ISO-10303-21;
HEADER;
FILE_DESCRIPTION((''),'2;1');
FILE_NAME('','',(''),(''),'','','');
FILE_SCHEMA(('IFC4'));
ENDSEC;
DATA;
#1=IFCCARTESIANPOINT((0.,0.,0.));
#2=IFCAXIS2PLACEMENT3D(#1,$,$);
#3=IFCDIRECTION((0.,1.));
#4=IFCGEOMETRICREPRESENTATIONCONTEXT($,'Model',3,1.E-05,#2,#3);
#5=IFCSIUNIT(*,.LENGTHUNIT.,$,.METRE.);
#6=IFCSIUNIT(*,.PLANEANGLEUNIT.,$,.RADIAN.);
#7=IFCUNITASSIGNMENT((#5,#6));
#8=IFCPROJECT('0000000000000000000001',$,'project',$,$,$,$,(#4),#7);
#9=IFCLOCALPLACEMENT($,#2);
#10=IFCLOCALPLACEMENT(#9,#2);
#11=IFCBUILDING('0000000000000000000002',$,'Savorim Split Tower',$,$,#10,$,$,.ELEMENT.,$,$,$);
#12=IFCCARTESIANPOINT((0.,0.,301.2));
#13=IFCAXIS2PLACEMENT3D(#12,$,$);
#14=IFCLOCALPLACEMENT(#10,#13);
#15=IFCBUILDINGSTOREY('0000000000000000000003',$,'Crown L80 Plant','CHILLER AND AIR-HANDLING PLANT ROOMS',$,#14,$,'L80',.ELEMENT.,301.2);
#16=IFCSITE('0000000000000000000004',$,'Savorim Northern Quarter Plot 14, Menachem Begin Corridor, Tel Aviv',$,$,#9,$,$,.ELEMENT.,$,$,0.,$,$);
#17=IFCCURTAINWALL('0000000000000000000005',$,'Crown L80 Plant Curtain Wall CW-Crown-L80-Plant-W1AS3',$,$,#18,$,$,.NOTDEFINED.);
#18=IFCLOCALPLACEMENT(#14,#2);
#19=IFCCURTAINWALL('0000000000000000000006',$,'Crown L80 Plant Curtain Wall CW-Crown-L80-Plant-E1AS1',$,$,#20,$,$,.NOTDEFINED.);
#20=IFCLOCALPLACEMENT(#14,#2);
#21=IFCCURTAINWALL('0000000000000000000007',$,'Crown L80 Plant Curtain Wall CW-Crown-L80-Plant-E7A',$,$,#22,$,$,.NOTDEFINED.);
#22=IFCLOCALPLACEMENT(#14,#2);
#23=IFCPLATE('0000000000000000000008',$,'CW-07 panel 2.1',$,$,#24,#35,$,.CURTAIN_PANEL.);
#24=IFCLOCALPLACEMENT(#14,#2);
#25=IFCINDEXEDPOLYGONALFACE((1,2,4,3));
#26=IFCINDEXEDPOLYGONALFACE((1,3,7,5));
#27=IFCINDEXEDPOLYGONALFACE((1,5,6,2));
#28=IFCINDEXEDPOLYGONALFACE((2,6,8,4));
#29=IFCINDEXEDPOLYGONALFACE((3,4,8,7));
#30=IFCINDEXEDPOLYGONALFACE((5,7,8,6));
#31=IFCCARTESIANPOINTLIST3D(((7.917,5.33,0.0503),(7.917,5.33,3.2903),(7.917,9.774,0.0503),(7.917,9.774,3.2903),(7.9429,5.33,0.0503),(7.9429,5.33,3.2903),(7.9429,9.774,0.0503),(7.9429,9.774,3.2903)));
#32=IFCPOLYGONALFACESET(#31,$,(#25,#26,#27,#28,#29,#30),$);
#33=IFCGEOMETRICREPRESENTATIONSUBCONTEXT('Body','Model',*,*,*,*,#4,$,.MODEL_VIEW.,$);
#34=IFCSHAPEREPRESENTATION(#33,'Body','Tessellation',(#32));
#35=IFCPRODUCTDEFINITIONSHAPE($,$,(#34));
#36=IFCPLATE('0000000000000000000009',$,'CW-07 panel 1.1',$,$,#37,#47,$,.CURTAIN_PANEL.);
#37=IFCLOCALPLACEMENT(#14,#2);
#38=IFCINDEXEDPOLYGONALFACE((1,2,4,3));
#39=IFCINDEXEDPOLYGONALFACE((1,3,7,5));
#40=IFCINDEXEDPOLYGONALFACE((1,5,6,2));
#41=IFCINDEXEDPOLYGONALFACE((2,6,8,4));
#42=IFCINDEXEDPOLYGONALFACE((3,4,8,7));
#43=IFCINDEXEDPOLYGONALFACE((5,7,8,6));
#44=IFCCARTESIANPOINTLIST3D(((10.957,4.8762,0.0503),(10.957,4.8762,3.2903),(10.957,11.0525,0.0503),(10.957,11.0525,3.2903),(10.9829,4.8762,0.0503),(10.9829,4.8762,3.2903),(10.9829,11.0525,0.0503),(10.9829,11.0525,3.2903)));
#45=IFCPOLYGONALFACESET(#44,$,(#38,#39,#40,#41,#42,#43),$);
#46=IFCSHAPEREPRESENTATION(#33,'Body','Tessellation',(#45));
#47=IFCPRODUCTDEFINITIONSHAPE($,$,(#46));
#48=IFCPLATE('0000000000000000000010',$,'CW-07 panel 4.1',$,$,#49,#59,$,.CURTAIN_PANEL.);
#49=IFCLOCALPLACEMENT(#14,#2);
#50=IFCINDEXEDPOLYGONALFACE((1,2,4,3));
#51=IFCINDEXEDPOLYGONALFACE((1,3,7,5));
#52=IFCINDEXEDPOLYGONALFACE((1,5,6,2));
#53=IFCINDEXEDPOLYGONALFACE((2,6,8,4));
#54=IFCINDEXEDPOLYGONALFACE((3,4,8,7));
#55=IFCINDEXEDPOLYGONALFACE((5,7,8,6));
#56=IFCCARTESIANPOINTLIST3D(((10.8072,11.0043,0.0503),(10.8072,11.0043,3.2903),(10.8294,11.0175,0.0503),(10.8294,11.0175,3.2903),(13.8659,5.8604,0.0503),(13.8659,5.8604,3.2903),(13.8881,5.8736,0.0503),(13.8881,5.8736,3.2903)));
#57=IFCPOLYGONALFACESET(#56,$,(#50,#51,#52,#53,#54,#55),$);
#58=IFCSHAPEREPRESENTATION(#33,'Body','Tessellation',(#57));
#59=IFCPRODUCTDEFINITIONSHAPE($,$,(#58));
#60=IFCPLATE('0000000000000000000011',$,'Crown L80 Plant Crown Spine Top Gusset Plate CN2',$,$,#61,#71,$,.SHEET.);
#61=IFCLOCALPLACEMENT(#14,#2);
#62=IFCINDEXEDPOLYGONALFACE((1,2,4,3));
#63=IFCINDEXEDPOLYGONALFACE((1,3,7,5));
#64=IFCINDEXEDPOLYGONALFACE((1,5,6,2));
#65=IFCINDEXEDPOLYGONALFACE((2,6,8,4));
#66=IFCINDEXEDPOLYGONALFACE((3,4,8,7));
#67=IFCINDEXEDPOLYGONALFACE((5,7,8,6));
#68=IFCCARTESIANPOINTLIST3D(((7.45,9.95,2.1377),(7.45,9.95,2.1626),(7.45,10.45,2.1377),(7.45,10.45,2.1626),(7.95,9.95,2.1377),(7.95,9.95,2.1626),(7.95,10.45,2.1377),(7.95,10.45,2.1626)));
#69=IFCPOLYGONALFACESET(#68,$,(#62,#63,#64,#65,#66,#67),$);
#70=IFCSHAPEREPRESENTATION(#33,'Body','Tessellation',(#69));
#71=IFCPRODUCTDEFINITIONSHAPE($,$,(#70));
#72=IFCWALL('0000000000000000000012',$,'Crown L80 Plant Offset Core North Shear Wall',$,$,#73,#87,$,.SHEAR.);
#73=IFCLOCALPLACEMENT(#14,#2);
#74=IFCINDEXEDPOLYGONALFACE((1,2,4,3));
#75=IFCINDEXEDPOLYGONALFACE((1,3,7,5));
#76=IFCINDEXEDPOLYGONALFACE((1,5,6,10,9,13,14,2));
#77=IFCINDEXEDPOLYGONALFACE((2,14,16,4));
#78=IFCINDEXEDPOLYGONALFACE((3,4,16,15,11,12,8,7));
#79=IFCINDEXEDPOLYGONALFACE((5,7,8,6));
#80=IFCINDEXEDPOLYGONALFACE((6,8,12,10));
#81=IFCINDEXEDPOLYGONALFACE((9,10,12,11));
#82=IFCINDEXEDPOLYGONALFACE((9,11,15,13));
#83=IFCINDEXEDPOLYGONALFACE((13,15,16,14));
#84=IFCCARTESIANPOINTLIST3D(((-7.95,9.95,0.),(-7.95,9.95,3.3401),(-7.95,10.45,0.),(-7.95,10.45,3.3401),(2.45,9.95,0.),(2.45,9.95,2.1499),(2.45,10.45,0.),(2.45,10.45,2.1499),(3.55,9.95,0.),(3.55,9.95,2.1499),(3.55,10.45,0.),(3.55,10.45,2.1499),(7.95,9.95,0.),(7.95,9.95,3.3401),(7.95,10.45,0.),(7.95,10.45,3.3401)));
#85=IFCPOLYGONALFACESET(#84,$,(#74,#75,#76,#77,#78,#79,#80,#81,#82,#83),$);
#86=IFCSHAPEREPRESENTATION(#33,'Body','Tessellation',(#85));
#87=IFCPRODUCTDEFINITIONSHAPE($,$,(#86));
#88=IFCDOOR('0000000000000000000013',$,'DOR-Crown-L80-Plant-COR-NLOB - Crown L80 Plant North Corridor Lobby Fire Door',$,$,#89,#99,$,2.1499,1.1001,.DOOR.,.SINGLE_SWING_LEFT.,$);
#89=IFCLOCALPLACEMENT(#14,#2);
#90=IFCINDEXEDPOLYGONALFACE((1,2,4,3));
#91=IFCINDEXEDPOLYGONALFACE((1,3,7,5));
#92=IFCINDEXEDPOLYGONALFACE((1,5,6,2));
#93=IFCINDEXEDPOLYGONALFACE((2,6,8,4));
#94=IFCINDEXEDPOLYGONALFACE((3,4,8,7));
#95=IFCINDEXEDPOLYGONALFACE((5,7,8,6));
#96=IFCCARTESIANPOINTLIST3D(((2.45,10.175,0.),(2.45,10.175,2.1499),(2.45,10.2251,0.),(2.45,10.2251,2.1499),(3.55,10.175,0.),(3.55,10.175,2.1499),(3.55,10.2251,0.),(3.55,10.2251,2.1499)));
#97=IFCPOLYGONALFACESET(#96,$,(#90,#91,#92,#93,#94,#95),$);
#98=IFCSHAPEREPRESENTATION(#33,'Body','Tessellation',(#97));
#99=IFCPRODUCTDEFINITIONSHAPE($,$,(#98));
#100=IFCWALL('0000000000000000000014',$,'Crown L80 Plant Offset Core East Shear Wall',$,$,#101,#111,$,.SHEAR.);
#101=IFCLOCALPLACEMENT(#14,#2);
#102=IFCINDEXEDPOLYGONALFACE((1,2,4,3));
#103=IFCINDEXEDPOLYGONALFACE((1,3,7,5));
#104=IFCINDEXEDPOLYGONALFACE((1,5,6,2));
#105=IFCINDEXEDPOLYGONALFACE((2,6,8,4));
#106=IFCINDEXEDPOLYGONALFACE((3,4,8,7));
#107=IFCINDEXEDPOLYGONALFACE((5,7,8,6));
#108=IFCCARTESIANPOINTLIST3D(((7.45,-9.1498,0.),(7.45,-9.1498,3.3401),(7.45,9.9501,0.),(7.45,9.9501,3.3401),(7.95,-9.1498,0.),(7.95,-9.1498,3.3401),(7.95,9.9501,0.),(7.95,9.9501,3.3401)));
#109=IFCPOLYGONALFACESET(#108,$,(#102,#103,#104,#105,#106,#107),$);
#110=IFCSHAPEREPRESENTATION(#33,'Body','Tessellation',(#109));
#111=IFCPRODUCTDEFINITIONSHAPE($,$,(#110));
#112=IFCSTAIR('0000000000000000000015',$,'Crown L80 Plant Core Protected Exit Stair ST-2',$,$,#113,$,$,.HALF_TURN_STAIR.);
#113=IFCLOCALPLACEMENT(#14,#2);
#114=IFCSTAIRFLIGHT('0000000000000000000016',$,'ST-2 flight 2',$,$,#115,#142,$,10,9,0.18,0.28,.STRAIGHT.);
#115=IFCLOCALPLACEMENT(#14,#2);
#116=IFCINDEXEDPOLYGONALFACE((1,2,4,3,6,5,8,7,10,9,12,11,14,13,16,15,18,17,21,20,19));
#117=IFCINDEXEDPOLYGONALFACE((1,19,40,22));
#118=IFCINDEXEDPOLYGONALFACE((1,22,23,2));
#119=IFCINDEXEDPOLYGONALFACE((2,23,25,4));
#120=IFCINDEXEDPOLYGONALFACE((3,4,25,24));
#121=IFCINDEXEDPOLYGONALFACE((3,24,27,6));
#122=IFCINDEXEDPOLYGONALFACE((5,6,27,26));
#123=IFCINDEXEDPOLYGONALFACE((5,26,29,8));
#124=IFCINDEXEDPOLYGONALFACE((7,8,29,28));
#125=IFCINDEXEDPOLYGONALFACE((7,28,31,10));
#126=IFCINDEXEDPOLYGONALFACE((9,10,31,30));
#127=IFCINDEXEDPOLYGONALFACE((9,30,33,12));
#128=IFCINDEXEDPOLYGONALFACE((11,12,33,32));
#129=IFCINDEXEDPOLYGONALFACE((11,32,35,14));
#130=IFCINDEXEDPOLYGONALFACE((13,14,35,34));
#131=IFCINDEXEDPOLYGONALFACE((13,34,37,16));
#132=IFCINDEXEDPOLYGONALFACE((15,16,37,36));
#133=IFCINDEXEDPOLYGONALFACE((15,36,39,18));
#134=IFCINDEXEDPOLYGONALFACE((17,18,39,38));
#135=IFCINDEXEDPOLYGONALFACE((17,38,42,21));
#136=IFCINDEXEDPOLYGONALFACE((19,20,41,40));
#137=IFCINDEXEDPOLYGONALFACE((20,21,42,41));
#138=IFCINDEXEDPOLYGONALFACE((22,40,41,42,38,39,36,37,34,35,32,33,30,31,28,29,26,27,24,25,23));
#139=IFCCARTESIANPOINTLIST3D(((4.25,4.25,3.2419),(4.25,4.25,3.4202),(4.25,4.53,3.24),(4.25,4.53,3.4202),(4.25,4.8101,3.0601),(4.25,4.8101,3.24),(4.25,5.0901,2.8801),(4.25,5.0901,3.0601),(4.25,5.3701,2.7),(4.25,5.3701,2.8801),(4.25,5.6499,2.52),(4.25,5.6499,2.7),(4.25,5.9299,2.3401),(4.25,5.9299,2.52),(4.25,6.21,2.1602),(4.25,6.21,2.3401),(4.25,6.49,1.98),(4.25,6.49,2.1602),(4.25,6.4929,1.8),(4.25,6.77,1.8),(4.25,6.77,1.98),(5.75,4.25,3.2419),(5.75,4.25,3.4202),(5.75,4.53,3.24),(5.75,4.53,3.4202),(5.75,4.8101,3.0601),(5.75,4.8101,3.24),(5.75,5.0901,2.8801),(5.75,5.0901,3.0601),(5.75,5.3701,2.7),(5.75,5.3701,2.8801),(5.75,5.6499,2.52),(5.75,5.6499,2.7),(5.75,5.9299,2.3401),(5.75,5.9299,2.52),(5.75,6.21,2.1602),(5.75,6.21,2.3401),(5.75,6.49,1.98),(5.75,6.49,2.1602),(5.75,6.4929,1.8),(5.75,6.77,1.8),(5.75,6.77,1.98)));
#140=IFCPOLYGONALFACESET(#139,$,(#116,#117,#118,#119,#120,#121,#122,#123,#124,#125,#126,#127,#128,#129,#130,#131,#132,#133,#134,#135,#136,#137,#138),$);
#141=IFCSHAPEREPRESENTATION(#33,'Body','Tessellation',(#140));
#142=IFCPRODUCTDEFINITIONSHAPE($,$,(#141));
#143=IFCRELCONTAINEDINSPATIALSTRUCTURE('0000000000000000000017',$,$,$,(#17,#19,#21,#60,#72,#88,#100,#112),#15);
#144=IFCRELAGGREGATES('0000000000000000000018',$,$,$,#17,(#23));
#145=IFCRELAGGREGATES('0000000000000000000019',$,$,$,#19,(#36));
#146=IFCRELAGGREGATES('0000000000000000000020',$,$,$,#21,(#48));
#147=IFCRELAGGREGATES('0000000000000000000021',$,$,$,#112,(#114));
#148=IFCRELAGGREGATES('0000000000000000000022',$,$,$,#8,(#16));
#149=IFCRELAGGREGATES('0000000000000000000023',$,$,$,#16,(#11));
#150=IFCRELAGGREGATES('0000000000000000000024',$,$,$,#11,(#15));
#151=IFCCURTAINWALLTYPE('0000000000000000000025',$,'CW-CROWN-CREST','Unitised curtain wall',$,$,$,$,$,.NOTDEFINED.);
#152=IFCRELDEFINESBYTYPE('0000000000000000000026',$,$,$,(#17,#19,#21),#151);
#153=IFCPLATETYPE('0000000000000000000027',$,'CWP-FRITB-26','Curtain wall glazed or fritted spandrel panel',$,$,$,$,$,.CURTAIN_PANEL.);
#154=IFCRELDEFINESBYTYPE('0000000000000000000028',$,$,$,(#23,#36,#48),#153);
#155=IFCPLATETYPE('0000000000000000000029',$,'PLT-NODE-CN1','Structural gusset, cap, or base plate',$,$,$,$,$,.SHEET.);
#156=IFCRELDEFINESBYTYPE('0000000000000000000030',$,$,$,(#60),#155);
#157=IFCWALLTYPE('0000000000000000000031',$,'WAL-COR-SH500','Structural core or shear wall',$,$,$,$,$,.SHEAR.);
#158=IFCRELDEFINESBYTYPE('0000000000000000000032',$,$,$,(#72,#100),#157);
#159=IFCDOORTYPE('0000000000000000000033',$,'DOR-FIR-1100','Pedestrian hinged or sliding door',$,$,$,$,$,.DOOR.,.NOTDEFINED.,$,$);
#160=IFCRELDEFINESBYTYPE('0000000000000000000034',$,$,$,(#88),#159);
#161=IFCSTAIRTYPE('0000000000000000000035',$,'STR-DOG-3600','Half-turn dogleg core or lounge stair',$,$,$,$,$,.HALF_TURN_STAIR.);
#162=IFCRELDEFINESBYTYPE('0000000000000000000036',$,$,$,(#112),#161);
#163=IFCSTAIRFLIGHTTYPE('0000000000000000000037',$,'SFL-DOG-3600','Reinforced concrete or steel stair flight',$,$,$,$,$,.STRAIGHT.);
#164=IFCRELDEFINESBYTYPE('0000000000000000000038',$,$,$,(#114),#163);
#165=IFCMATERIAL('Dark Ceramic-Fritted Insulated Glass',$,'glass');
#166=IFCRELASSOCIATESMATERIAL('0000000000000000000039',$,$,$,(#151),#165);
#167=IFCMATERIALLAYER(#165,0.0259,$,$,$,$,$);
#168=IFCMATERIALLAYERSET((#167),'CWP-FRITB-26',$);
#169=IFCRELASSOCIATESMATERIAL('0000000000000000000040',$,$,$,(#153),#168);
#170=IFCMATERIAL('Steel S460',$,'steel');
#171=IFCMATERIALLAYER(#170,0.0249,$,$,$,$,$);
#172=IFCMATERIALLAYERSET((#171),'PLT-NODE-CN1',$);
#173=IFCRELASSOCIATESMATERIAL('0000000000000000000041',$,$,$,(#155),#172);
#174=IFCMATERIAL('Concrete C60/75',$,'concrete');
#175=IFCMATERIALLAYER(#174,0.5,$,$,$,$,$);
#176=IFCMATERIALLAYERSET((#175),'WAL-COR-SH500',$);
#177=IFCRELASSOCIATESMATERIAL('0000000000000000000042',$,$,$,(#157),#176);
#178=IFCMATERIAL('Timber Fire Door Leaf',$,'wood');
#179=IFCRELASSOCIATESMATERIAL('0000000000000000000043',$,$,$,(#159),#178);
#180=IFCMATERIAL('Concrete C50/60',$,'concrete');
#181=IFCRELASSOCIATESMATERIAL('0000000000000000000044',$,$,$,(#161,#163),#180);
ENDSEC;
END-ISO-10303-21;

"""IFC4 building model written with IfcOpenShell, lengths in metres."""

from ifc_helpers import new_model, si_unit, direction, frame, frame_2d, origin, origin_2d, place, context, subcontext, project, spatial, polyline, rectangle, outline, extrude, material, layer, layer_set, type_object, element, fill, aggregate, save


model = new_model("IFC4")

# Units and contexts
model_context = context("Model", 3, precision=1e-05, world=origin(), true_north=direction((0.0, 1.0)))
body_context = subcontext(model_context, "Body", "Model", "MODEL_VIEW")
ifc_project = project(units=[si_unit("LENGTHUNIT", "METRE"), si_unit("PLANEANGLEUNIT", "RADIAN")], contexts=[model_context])

# Site, building, storey
site_placement = place(None, origin())
site = spatial("IfcSite", under=ifc_project, at=site_placement, Name="Savorim Northern Quarter Plot 14, Menachem Begin Corridor, Tel Aviv", CompositionType="ELEMENT", RefElevation=0.0)
building_placement = place(site_placement, origin())
building = spatial("IfcBuilding", under=site, at=building_placement, Name="Savorim Split Tower", CompositionType="ELEMENT")
storey_placement = place(building_placement, frame((0.0, 0.0, 301.2)))
storey = spatial("IfcBuildingStorey", under=building, at=storey_placement, Name="Crown L80 Plant", Description="CHILLER AND AIR-HANDLING PLANT ROOMS", LongName="L80", CompositionType="ELEMENT", Elevation=301.2)

# Curtain wall
ifc_material_1 = material(Name="Dark Ceramic-Fritted Insulated Glass", Category="glass")
curtain_wall_type = type_object("IfcCurtainWallType", Name="CW-CROWN-CREST", Description="Unitised curtain wall", PredefinedType="NOTDEFINED", material=ifc_material_1)
curtain_wall_1_placement = place(storey_placement, origin())
curtain_wall_1 = element("IfcCurtainWall", 1, at=curtain_wall_1_placement, inside=storey, type_object=curtain_wall_type, Name="Crown L80 Plant Curtain Wall CW-Crown-L80-Plant-W1AS3", PredefinedType="NOTDEFINED")

# Curtain walls
curtain_wall_2_placement = place(storey_placement, origin())
curtain_wall_2 = element("IfcCurtainWall", 2, at=curtain_wall_2_placement, inside=storey, type_object=curtain_wall_type, Name="Crown L80 Plant Curtain Wall CW-Crown-L80-Plant-E1AS1", PredefinedType="NOTDEFINED")
curtain_wall_3_placement = place(storey_placement, origin())
curtain_wall_3 = element("IfcCurtainWall", 3, at=curtain_wall_3_placement, inside=storey, type_object=curtain_wall_type, Name="Crown L80 Plant Curtain Wall CW-Crown-L80-Plant-E7A", PredefinedType="NOTDEFINED")

# Plates
ifc_layer_1 = layer(ifc_material_1, 0.0259)
ifc_layer_set_1 = layer_set([ifc_layer_1], Name="CWP-FRITB-26")
plate_type_1 = type_object("IfcPlateType", Name="CWP-FRITB-26", Description="Curtain wall glazed or fritted spandrel panel", PredefinedType="CURTAIN_PANEL", material=ifc_layer_set_1)
plate_1_placement = place(storey_placement, frame((7.9299, 7.552, 0.0503), z_axis=(0.0, 0.0, 1.0), x_axis=(0.0, 1.0, 0.0)))
plate_1 = element("IfcPlate", 4, at=plate_1_placement, type_object=plate_type_1, Name="CW-07 panel 2.1", PredefinedType="CURTAIN_PANEL", context=body_context, shape_type="SweptSolid", body=[
    extrude(rectangle(XDim=4.4441, YDim=0.0259, at=origin_2d()), origin(), (0.0, 0.0, 1.0), 3.24),
])
aggregate(curtain_wall_1, [plate_1])
plate_2_placement = place(storey_placement, frame((10.97, 7.9644, 0.0503), z_axis=(0.0, 0.0, 1.0), x_axis=(0.0, -1.0, 0.0)))
plate_2 = element("IfcPlate", 5, at=plate_2_placement, type_object=plate_type_1, Name="CW-07 panel 1.1", PredefinedType="CURTAIN_PANEL", context=body_context, shape_type="SweptSolid", body=[
    extrude(rectangle(XDim=6.1763, YDim=0.0259, at=origin_2d()), origin(), (0.0, 0.0, 1.0), 3.24),
])
aggregate(curtain_wall_2, [plate_2])
plate_3_placement = place(storey_placement, frame((12.3477, 8.439, 0.0503), z_axis=(0.0, 0.0, 1.0), x_axis=(-0.511095, 0.859524, 0.0)))
plate_3 = element("IfcPlate", 6, at=plate_3_placement, type_object=plate_type_1, Name="CW-07 panel 4.1", PredefinedType="CURTAIN_PANEL", context=body_context, shape_type="SweptSolid", body=[
    extrude(rectangle(XDim=5.9846, YDim=0.0259, at=origin_2d()), origin(), (0.0, 0.0, 1.0), 3.24),
])
aggregate(curtain_wall_3, [plate_3])
ifc_material_2 = material(Name="Steel S460", Category="steel")
ifc_layer_2 = layer(ifc_material_2, 0.0249)
ifc_layer_set_2 = layer_set([ifc_layer_2], Name="PLT-NODE-CN1")
plate_type_2 = type_object("IfcPlateType", Name="PLT-NODE-CN1", Description="Structural gusset, cap, or base plate", PredefinedType="SHEET", material=ifc_layer_set_2)
plate_4_placement = place(storey_placement, frame((7.7, 10.2, 2.1377), z_axis=(0.0, 0.0, 1.0), x_axis=(1.0, 0.0, 0.0)))
element("IfcPlate", 7, at=plate_4_placement, inside=storey, type_object=plate_type_2, Name="Crown L80 Plant Crown Spine Top Gusset Plate CN2", PredefinedType="SHEET", context=body_context, shape_type="SweptSolid", body=[
    extrude(rectangle(XDim=0.5, YDim=0.5, at=origin_2d()), origin(), (0.0, 0.0, 1.0), 0.0249),
])

# Wall, opening, door
ifc_material_3 = material(Name="Concrete C60/75", Category="concrete")
ifc_layer_3 = layer(ifc_material_3, 0.5)
ifc_layer_set_3 = layer_set([ifc_layer_3], Name="WAL-COR-SH500")
wall_type = type_object("IfcWallType", Name="WAL-COR-SH500", Description="Structural core or shear wall", PredefinedType="SHEAR", material=ifc_layer_set_3)
wall_1_placement = place(storey_placement, frame((7.95, 10.2, 0.0), z_axis=(0.0, 0.0, 1.0), x_axis=(-1.0, 0.0, 0.0)))
wall_1 = element("IfcWall", 8, at=wall_1_placement, inside=storey, type_object=wall_type, Name="Crown L80 Plant Offset Core North Shear Wall", PredefinedType="SHEAR", context=body_context, shape_type="SweptSolid", body=[
    extrude(rectangle(XDim=15.8999, YDim=0.5, at=frame_2d((7.95, 0.0))), origin(), (0.0, 0.0, 1.0), 3.3401),
])
opening_placement = place(wall_1_placement, frame((4.3999, 0.0, 0.0)))
opening = element("IfcOpeningElement", 9, at=opening_placement, cuts=wall_1, PredefinedType="OPENING", context=body_context, shape_type="SweptSolid", body=[
    extrude(rectangle(XDim=1.1001, YDim=2.1499, at=frame_2d((0.55, 1.075))), frame((0.0, 0.26, 0.0), z_axis=(0.0, -1.0, 0.0), x_axis=(1.0, 0.0, 0.0)), (0.0, 0.0, 1.0), 0.52),
])
ifc_material_4 = material(Name="Timber Fire Door Leaf", Category="wood")
door_type = type_object("IfcDoorType", Name="DOR-FIR-1100", Description="Pedestrian hinged or sliding door", OperationType="NOTDEFINED", PredefinedType="DOOR", material=ifc_material_4)
door_placement = place(opening_placement, origin())
door = element("IfcDoor", 10, at=door_placement, inside=storey, type_object=door_type, Name="DOR-Crown-L80-Plant-COR-NLOB - Crown L80 Plant North Corridor Lobby Fire Door", OperationType="SINGLE_SWING_LEFT", OverallHeight=2.1499, OverallWidth=1.1001, PredefinedType="DOOR", context=body_context, shape_type="SweptSolid", body=[
    extrude(rectangle(XDim=1.1001, YDim=2.1499, at=frame_2d((0.55, 1.075))), frame((0.0, 0.0249, 0.0), z_axis=(0.0, -1.0, 0.0), x_axis=(1.0, 0.0, 0.0)), (0.0, 0.0, 1.0), 0.05),
])
fill(opening, door)

# Wall
wall_2_placement = place(storey_placement, frame((7.7, 9.95, 0.0), z_axis=(0.0, 0.0, 1.0), x_axis=(0.0, -1.0, 0.0)))
element("IfcWall", 11, at=wall_2_placement, inside=storey, type_object=wall_type, Name="Crown L80 Plant Offset Core East Shear Wall", PredefinedType="SHEAR", context=body_context, shape_type="SweptSolid", body=[
    extrude(rectangle(XDim=19.0999, YDim=0.5, at=frame_2d((9.5498, 0.0))), origin(), (0.0, 0.0, 1.0), 3.3401),
])

# Stair, stair flight
ifc_material_5 = material(Name="Concrete C50/60", Category="concrete")
stair_type = type_object("IfcStairType", Name="STR-DOG-3600", Description="Half-turn dogleg core or lounge stair", PredefinedType="HALF_TURN_STAIR", material=ifc_material_5)
stair_placement = place(storey_placement, origin())
stair = element("IfcStair", 12, at=stair_placement, inside=storey, type_object=stair_type, Name="Crown L80 Plant Core Protected Exit Stair ST-2", PredefinedType="HALF_TURN_STAIR")
stair_flight_type = type_object("IfcStairFlightType", Name="SFL-DOG-3600", Description="Reinforced concrete or steel stair flight", PredefinedType="STRAIGHT", material=ifc_material_5)
stair_flight_placement = place(storey_placement, frame((5.0, 6.77, 1.8), z_axis=(0.0, 0.0, 1.0), x_axis=(0.0, -1.0, 0.0)))
stair_flight = element("IfcStairFlight", 13, at=stair_flight_placement, type_object=stair_flight_type, Name="ST-2 flight 2", NumberOfRisers=10, NumberOfTreads=9, PredefinedType="STRAIGHT", RiserHeight=0.18, TreadLength=0.28, context=body_context, shape_type="SweptSolid", body=[
    extrude(outline(polyline([(0.0, 0.0), (0.0, 0.1799), (0.28, 0.1799), (0.28, 0.3601), (0.5601, 0.3601), (0.5601, 0.54), (0.8401, 0.54), (0.8401, 0.72), (1.1201, 0.72), (1.1201, 0.8999), (1.3999, 0.8999), (1.3999, 1.0801), (1.6799, 1.0801), (1.6799, 1.26), (1.96, 1.26), (1.96, 1.4399), (2.24, 1.4399), (2.24, 1.6201), (2.52, 1.6201), (2.52, 1.8), (2.52, 1.4419), (0.2771, 0.0), (0.0, 0.0)])), frame((0.0, 0.75, 0.0), z_axis=(0.0, -1.0, 0.0), x_axis=(1.0, 0.0, 0.0)), (0.0, 0.0, 1.0), 1.5),
])
aggregate(stair, [stair_flight])

save(model, "model.ifc")
